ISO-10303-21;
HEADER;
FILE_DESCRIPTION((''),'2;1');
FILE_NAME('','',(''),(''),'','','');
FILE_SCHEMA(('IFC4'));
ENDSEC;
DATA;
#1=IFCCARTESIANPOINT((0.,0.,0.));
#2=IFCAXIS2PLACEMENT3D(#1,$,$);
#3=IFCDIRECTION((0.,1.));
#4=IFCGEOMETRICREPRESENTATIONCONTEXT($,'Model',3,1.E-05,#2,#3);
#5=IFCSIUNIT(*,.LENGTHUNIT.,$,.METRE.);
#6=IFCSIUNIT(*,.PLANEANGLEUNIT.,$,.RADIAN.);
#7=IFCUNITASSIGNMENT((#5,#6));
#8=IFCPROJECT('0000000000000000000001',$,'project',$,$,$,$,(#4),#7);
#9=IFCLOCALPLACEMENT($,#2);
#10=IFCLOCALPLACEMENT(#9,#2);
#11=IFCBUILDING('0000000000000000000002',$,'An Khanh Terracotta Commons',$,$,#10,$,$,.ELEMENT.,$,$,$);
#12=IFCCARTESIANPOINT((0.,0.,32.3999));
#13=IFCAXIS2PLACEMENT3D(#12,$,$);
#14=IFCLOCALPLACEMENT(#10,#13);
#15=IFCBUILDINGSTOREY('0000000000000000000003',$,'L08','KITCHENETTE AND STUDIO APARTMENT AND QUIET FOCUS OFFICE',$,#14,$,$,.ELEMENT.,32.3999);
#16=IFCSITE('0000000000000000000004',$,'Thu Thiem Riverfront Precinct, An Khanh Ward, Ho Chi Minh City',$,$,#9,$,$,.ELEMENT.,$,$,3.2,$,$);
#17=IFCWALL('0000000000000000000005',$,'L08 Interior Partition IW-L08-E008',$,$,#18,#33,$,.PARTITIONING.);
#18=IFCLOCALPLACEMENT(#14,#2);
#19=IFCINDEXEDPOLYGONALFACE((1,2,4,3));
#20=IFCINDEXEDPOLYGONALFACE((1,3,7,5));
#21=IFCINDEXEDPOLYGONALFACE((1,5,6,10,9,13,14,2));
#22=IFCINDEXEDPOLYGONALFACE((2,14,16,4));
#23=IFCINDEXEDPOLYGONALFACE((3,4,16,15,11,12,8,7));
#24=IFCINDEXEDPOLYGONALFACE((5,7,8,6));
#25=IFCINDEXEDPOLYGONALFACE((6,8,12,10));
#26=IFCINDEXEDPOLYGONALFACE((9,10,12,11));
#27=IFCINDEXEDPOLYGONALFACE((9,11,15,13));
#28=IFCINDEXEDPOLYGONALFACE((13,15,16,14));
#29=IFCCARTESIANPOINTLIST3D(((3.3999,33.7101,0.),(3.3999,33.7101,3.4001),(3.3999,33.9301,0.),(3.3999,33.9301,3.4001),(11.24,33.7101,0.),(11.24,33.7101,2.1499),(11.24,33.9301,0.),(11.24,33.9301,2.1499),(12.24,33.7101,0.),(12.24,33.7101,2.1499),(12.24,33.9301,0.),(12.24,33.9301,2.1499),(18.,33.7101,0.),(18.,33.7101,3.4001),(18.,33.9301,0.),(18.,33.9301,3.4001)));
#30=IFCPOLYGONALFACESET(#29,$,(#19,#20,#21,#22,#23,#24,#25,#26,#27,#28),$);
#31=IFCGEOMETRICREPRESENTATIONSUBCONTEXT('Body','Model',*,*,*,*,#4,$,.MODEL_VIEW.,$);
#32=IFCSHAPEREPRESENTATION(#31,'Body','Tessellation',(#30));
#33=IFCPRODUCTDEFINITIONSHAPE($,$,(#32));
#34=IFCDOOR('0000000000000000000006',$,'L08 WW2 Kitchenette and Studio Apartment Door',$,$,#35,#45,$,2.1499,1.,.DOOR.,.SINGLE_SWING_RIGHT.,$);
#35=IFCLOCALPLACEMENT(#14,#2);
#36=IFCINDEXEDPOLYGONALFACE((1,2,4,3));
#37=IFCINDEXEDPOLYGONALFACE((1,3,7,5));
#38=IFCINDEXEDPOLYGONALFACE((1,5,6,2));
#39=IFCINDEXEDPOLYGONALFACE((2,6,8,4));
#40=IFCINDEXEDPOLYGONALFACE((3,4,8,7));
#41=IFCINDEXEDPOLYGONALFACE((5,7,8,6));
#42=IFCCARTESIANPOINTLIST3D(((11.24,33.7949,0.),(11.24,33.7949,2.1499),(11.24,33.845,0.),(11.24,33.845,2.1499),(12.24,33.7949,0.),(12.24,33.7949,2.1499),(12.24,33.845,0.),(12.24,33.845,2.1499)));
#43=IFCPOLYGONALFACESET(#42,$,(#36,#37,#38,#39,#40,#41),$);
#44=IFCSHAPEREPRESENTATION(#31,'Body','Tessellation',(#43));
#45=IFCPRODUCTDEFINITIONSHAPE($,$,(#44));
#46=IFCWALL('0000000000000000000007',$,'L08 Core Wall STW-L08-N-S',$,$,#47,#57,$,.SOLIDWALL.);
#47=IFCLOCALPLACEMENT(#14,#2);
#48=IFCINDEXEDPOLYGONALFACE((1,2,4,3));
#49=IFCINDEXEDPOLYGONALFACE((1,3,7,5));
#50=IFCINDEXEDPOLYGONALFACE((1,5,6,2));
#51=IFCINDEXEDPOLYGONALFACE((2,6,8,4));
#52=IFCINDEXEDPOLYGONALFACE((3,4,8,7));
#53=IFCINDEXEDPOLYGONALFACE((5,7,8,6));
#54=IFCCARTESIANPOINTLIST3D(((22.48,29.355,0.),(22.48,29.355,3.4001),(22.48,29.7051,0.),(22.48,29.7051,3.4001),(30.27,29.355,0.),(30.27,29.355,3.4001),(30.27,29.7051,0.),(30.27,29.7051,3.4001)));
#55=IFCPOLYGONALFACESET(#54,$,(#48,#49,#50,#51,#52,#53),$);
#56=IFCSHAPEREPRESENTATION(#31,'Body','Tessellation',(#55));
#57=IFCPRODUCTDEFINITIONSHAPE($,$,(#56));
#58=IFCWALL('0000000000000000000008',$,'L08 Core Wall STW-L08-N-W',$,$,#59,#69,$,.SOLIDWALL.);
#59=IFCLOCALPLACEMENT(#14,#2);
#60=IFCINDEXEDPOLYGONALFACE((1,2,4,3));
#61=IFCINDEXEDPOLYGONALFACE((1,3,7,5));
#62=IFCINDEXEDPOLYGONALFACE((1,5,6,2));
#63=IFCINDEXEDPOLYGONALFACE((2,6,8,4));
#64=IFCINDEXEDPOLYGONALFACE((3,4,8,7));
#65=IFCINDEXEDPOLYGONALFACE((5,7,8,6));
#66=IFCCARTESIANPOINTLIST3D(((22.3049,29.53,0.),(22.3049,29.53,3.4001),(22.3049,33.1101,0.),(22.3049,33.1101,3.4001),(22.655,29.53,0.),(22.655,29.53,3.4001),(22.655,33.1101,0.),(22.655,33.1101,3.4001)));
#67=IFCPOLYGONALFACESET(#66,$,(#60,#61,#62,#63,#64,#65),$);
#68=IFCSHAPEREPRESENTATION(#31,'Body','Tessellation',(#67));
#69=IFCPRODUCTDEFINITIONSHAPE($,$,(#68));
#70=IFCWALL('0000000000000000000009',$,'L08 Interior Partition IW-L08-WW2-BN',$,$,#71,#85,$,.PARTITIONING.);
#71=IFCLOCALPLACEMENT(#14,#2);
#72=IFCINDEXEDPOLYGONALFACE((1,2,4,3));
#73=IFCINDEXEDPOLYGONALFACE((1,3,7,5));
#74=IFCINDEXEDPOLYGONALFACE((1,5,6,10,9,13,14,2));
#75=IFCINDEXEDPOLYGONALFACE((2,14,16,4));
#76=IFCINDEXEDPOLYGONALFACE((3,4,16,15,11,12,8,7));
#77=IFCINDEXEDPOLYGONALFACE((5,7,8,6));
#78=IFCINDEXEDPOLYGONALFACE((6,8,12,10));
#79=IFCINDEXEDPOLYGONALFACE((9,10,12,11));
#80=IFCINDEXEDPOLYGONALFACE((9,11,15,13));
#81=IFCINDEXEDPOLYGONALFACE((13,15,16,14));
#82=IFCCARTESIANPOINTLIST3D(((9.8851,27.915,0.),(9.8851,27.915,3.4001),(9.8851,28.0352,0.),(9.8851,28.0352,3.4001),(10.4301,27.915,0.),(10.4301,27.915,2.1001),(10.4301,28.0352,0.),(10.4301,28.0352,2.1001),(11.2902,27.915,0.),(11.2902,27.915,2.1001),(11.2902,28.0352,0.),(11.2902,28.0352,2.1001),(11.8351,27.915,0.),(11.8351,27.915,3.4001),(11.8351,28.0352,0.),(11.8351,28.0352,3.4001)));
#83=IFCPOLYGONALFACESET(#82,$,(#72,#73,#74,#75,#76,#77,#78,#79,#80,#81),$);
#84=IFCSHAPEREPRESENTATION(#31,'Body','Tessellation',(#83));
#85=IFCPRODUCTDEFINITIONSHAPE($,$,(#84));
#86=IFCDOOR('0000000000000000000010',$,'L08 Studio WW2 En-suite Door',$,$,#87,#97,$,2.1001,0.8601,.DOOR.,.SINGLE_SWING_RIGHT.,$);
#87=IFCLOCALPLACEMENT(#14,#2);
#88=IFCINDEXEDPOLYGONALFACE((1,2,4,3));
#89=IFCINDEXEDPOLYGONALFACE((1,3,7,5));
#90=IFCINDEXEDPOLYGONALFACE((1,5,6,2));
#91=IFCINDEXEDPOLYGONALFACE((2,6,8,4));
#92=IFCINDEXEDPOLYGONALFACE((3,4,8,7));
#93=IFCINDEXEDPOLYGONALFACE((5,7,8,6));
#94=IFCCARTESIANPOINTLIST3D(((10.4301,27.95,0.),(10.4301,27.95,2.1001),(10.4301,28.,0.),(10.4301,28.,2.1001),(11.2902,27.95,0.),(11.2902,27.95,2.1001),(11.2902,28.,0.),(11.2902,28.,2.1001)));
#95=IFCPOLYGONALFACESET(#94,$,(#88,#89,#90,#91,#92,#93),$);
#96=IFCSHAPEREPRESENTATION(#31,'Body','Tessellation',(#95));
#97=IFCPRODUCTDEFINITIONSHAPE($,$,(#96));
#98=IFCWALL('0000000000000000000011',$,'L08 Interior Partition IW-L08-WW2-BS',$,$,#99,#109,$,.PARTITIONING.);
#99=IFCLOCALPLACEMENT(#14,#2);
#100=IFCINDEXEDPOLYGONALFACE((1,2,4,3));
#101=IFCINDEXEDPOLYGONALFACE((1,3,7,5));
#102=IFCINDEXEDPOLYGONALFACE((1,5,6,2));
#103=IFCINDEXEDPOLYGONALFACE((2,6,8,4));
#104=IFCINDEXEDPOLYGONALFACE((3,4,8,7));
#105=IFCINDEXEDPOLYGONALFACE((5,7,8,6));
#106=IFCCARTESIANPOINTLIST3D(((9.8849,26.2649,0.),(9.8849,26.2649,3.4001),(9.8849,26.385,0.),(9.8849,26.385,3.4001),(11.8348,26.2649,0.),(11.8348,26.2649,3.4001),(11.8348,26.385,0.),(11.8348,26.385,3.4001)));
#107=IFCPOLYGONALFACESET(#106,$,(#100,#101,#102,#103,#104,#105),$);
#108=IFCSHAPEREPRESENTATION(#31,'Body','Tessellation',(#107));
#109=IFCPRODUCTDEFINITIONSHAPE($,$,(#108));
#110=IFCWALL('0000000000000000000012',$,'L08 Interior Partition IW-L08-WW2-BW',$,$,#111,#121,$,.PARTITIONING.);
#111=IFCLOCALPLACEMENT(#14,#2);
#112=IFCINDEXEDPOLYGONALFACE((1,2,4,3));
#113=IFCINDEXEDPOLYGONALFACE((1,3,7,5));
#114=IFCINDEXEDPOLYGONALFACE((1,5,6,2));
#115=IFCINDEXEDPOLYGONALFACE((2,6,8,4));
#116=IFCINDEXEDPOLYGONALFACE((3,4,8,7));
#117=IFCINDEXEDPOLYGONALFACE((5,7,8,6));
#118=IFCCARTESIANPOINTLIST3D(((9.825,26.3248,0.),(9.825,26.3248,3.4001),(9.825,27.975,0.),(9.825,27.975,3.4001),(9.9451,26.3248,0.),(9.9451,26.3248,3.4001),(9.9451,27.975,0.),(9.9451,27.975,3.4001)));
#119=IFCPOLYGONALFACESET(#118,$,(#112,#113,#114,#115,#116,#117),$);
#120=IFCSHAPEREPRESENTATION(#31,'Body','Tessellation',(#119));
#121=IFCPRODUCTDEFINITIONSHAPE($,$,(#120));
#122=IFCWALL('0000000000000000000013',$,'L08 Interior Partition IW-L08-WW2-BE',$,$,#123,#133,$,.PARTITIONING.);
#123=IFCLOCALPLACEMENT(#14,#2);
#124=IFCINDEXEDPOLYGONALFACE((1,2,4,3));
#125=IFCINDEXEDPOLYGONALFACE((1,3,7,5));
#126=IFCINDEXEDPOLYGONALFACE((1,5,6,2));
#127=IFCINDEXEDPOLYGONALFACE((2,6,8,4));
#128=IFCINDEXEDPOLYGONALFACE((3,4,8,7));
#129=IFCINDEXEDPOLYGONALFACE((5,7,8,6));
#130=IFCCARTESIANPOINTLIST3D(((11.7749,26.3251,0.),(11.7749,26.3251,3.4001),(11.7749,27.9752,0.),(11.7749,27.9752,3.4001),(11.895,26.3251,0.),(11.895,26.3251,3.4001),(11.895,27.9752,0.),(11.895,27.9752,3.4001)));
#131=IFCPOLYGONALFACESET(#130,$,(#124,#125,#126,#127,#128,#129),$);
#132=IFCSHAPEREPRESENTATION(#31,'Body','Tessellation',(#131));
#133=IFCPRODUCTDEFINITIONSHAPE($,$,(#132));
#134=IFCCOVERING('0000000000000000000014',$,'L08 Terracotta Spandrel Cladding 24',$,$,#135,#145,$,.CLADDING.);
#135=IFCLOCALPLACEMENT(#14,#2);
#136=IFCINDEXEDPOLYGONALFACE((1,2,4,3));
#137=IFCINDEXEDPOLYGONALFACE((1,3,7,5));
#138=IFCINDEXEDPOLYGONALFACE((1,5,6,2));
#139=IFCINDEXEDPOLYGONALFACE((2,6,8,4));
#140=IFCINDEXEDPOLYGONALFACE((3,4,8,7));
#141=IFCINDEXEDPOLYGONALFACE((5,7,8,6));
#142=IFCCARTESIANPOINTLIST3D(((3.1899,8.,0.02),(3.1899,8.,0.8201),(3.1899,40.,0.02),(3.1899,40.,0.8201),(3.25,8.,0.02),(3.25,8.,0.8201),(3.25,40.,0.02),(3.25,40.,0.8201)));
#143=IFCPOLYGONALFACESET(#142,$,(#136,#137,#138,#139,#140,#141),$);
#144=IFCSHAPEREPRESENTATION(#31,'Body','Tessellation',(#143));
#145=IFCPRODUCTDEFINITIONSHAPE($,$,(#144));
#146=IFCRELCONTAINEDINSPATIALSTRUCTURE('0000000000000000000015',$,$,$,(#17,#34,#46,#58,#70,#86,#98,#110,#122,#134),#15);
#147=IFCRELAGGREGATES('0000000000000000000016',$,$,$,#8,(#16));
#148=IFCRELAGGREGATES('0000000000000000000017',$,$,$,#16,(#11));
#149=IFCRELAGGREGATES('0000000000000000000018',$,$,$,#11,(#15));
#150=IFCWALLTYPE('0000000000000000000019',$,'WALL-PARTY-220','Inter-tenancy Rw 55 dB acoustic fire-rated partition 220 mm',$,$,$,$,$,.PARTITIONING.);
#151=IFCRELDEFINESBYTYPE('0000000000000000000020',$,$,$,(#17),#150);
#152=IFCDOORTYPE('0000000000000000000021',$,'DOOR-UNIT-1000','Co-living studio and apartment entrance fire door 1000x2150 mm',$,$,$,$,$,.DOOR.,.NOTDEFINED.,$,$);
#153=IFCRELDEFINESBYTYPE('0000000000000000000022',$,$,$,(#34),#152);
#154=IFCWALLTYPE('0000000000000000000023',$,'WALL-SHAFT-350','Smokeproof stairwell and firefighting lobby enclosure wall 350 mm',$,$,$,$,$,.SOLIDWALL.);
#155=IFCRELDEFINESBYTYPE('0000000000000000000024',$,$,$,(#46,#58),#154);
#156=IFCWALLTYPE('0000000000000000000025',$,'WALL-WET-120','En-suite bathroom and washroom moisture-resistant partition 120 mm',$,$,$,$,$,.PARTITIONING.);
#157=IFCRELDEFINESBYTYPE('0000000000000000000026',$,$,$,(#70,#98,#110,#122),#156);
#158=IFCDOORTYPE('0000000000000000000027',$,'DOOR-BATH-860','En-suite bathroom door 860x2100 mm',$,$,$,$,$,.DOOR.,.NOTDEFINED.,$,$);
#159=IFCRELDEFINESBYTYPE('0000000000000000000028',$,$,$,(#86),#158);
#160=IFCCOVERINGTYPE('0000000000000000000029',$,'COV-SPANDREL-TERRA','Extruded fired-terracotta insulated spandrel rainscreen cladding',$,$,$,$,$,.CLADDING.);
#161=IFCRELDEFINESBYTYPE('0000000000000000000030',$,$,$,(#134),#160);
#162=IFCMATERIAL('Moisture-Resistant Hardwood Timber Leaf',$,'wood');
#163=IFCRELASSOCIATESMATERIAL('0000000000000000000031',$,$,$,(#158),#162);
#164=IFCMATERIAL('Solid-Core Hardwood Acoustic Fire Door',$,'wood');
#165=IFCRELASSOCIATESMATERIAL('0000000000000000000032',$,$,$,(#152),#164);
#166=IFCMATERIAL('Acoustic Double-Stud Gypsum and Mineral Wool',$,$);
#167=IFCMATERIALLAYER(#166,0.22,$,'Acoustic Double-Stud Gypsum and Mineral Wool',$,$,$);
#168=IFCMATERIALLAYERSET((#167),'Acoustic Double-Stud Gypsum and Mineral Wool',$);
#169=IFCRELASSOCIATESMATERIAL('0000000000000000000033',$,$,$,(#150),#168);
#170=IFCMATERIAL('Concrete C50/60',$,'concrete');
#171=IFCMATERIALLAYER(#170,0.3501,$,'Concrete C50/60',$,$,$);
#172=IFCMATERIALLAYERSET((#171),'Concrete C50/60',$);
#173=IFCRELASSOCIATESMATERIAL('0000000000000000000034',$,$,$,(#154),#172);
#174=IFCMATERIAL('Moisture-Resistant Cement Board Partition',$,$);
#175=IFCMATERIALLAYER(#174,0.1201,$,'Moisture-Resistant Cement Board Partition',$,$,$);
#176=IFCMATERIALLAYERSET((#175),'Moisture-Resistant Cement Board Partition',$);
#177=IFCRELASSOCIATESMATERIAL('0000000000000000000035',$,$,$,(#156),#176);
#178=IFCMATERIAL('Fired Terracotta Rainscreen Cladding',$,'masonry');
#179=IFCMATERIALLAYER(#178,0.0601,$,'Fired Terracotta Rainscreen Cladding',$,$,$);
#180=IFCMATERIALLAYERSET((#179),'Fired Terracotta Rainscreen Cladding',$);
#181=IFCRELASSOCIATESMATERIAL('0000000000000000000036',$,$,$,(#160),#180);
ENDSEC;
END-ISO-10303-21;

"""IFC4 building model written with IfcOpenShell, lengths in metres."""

from ifc_helpers import new_model, si_unit, direction, frame, frame_2d, origin, origin_2d, place, context, subcontext, project, spatial, rectangle, extrude, material, layer, layer_set, type_object, element, fill, save


model = new_model("IFC4")

# Units and contexts
model_context = context("Model", 3, precision=1e-05, world=origin(), true_north=direction((0.0, 1.0)))
body_context = subcontext(model_context, "Body", "Model", "MODEL_VIEW")
ifc_project = project(units=[si_unit("LENGTHUNIT", "METRE"), si_unit("PLANEANGLEUNIT", "RADIAN")], contexts=[model_context])

# Site, building, storey
site_placement = place(None, origin())
site = spatial("IfcSite", under=ifc_project, at=site_placement, Name="Thu Thiem Riverfront Precinct, An Khanh Ward, Ho Chi Minh City", CompositionType="ELEMENT", RefElevation=3.2)
building_placement = place(site_placement, origin())
building = spatial("IfcBuilding", under=site, at=building_placement, Name="An Khanh Terracotta Commons", CompositionType="ELEMENT")
storey_placement = place(building_placement, frame((0.0, 0.0, 32.3999)))
storey = spatial("IfcBuildingStorey", under=building, at=storey_placement, Name="L08", Description="KITCHENETTE AND STUDIO APARTMENT AND QUIET FOCUS OFFICE", CompositionType="ELEMENT", Elevation=32.3999)

# Shared definitions
ifc_material_1 = material(Name="Moisture-Resistant Hardwood Timber Leaf", Category="wood")
door_type_1 = type_object("IfcDoorType", Name="DOOR-BATH-860", Description="En-suite bathroom door 860x2100 mm", OperationType="NOTDEFINED", PredefinedType="DOOR", material=ifc_material_1)
ifc_material_2 = material(Name="Solid-Core Hardwood Acoustic Fire Door", Category="wood")
door_type_2 = type_object("IfcDoorType", Name="DOOR-UNIT-1000", Description="Co-living studio and apartment entrance fire door 1000x2150 mm", OperationType="NOTDEFINED", PredefinedType="DOOR", material=ifc_material_2)

# Shared definitions
ifc_material_3 = material(Name="Acoustic Double-Stud Gypsum and Mineral Wool")
ifc_layer_1 = layer(ifc_material_3, 0.22, Name="Acoustic Double-Stud Gypsum and Mineral Wool")
ifc_layer_set_1 = layer_set([ifc_layer_1], Name="Acoustic Double-Stud Gypsum and Mineral Wool")
wall_type_1 = type_object("IfcWallType", Name="WALL-PARTY-220", Description="Inter-tenancy Rw 55 dB acoustic fire-rated partition 220 mm", PredefinedType="PARTITIONING", material=ifc_layer_set_1)

# Wall, opening, door
wall_1_placement = place(storey_placement, frame((3.3999, 33.8201, 0.0), z_axis=(0.0, 0.0, 1.0), x_axis=(1.0, 0.0, 0.0)))
wall_1 = element("IfcWall", 1, at=wall_1_placement, inside=storey, type_object=wall_type_1, Name="L08 Interior Partition IW-L08-E008", PredefinedType="PARTITIONING", context=body_context, shape_type="SweptSolid", body=[
    extrude(rectangle(XDim=14.6001, YDim=0.22, at=frame_2d((7.3, 0.0))), origin(), (0.0, 0.0, 1.0), 3.4001),
])
opening_1_placement = place(wall_1_placement, frame((7.8401, 0.0, 0.0)))
opening_1 = element("IfcOpeningElement", 2, at=opening_1_placement, cuts=wall_1, PredefinedType="OPENING", context=body_context, shape_type="SweptSolid", body=[
    extrude(rectangle(XDim=1.0, YDim=2.1499, at=frame_2d((0.5, 1.075))), frame((0.0, 0.1199, 0.0), z_axis=(0.0, -1.0, 0.0), x_axis=(1.0, 0.0, 0.0)), (0.0, 0.0, 1.0), 0.24),
])
door_1_placement = place(opening_1_placement, origin())
door_1 = element("IfcDoor", 3, at=door_1_placement, inside=storey, type_object=door_type_2, Name="L08 WW2 Kitchenette and Studio Apartment Door", OperationType="SINGLE_SWING_RIGHT", OverallHeight=2.1499, OverallWidth=1.0, PredefinedType="DOOR", context=body_context, shape_type="SweptSolid", body=[
    extrude(rectangle(XDim=1.0, YDim=2.1499, at=frame_2d((0.5, 1.075))), frame((0.0, 0.0249, 0.0), z_axis=(0.0, -1.0, 0.0), x_axis=(1.0, 0.0, 0.0)), (0.0, 0.0, 1.0), 0.05),
])
fill(opening_1, door_1)

# Walls
ifc_material_4 = material(Name="Concrete C50/60", Category="concrete")
ifc_layer_2 = layer(ifc_material_4, 0.3501, Name="Concrete C50/60")
ifc_layer_set_2 = layer_set([ifc_layer_2], Name="Concrete C50/60")
wall_type_2 = type_object("IfcWallType", Name="WALL-SHAFT-350", Description="Smokeproof stairwell and firefighting lobby enclosure wall 350 mm", PredefinedType="SOLIDWALL", material=ifc_layer_set_2)
wall_2_placement = place(storey_placement, frame((22.48, 29.53, 0.0), z_axis=(0.0, 0.0, 1.0), x_axis=(1.0, 0.0, 0.0)))
element("IfcWall", 4, at=wall_2_placement, inside=storey, type_object=wall_type_2, Name="L08 Core Wall STW-L08-N-S", PredefinedType="SOLIDWALL", context=body_context, shape_type="SweptSolid", body=[
    extrude(rectangle(XDim=7.79, YDim=0.3501, at=frame_2d((3.895, 0.0))), origin(), (0.0, 0.0, 1.0), 3.4001),
])
wall_3_placement = place(storey_placement, frame((22.48, 29.53, 0.0), z_axis=(0.0, 0.0, 1.0), x_axis=(0.0, 1.0, 0.0)))
element("IfcWall", 5, at=wall_3_placement, inside=storey, type_object=wall_type_2, Name="L08 Core Wall STW-L08-N-W", PredefinedType="SOLIDWALL", context=body_context, shape_type="SweptSolid", body=[
    extrude(rectangle(XDim=3.5801, YDim=0.3501, at=frame_2d((1.79, 0.0))), origin(), (0.0, 0.0, 1.0), 3.4001),
])

# Wall, opening, door
ifc_material_5 = material(Name="Moisture-Resistant Cement Board Partition")
ifc_layer_3 = layer(ifc_material_5, 0.1201, Name="Moisture-Resistant Cement Board Partition")
ifc_layer_set_3 = layer_set([ifc_layer_3], Name="Moisture-Resistant Cement Board Partition")
wall_type_3 = type_object("IfcWallType", Name="WALL-WET-120", Description="En-suite bathroom and washroom moisture-resistant partition 120 mm", PredefinedType="PARTITIONING", material=ifc_layer_set_3)
wall_4_placement = place(storey_placement, frame((9.885, 27.9751, 0.0), z_axis=(0.0, 0.0, 1.0), x_axis=(1.0, 0.0, 0.0)))
wall_4 = element("IfcWall", 6, at=wall_4_placement, inside=storey, type_object=wall_type_3, Name="L08 Interior Partition IW-L08-WW2-BN", PredefinedType="PARTITIONING", context=body_context, shape_type="SweptSolid", body=[
    extrude(rectangle(XDim=1.95, YDim=0.1201, at=frame_2d((0.9751, 0.0))), origin(), (0.0, 0.0, 1.0), 3.4001),
])
opening_2_placement = place(wall_4_placement, frame((0.5449, 0.0, 0.0)))
opening_2 = element("IfcOpeningElement", 7, at=opening_2_placement, cuts=wall_4, PredefinedType="OPENING", context=body_context, shape_type="SweptSolid", body=[
    extrude(rectangle(XDim=0.8601, YDim=2.1001, at=frame_2d((0.4302, 1.05))), frame((0.0, 0.0701, 0.0), z_axis=(0.0, -1.0, 0.0), x_axis=(1.0, 0.0, 0.0)), (0.0, 0.0, 1.0), 0.1401),
])
door_2_placement = place(opening_2_placement, origin())
door_2 = element("IfcDoor", 8, at=door_2_placement, inside=storey, type_object=door_type_1, Name="L08 Studio WW2 En-suite Door", OperationType="SINGLE_SWING_RIGHT", OverallHeight=2.1001, OverallWidth=0.8601, PredefinedType="DOOR", context=body_context, shape_type="SweptSolid", body=[
    extrude(rectangle(XDim=0.8601, YDim=2.1001, at=frame_2d((0.4302, 1.05))), frame((0.0, 0.0249, 0.0), z_axis=(0.0, -1.0, 0.0), x_axis=(1.0, 0.0, 0.0)), (0.0, 0.0, 1.0), 0.05),
])
fill(opening_2, door_2)

# Walls
wall_5_placement = place(storey_placement, frame((11.835, 26.325, 0.0), z_axis=(0.0, 0.0, 1.0), x_axis=(-1.0, 0.0, 0.0)))
element("IfcWall", 9, at=wall_5_placement, inside=storey, type_object=wall_type_3, Name="L08 Interior Partition IW-L08-WW2-BS", PredefinedType="PARTITIONING", context=body_context, shape_type="SweptSolid", body=[
    extrude(rectangle(XDim=1.95, YDim=0.1201, at=frame_2d((0.9751, 0.0))), origin(), (0.0, 0.0, 1.0), 3.4001),
])
for number, where, z_axis, x_axis, name in (
    (10, (9.885, 27.9751, 0.0), (0.0, 0.0, 1.0), (0.0, -1.0, 0.0), "L08 Interior Partition IW-L08-WW2-BW"),
    (11, (11.835, 26.325, 0.0), (0.0, 0.0, 1.0), (0.0, 1.0, 0.0), "L08 Interior Partition IW-L08-WW2-BE"),
):
    element("IfcWall", number, at=place(storey_placement, frame(where, z_axis=z_axis, x_axis=x_axis)), inside=storey, type_object=wall_type_3, Name=name, PredefinedType="PARTITIONING", context=body_context, shape_type="SweptSolid", body=[
        extrude(rectangle(XDim=1.6501, YDim=0.1201, at=frame_2d((0.8252, 0.0))), origin(), (0.0, 0.0, 1.0), 3.4001),
    ])

# Covering
ifc_material_6 = material(Name="Fired Terracotta Rainscreen Cladding", Category="masonry")
ifc_layer_4 = layer(ifc_material_6, 0.0601, Name="Fired Terracotta Rainscreen Cladding")
ifc_layer_set_4 = layer_set([ifc_layer_4], Name="Fired Terracotta Rainscreen Cladding")
covering_type = type_object("IfcCoveringType", Name="COV-SPANDREL-TERRA", Description="Extruded fired-terracotta insulated spandrel rainscreen cladding", PredefinedType="CLADDING", material=ifc_layer_set_4)
covering_placement = place(storey_placement, frame((3.22, 24.0, 0.02), z_axis=(0.0, 0.0, 1.0), x_axis=(0.0, -1.0, 0.0)))
element("IfcCovering", 12, at=covering_placement, inside=storey, type_object=covering_type, Name="L08 Terracotta Spandrel Cladding 24", PredefinedType="CLADDING", context=body_context, shape_type="SweptSolid", body=[
    extrude(rectangle(XDim=32.0, YDim=0.0601, at=origin_2d()), origin(), (0.0, 0.0, 1.0), 0.8),
])

save(model, "model.ifc")
